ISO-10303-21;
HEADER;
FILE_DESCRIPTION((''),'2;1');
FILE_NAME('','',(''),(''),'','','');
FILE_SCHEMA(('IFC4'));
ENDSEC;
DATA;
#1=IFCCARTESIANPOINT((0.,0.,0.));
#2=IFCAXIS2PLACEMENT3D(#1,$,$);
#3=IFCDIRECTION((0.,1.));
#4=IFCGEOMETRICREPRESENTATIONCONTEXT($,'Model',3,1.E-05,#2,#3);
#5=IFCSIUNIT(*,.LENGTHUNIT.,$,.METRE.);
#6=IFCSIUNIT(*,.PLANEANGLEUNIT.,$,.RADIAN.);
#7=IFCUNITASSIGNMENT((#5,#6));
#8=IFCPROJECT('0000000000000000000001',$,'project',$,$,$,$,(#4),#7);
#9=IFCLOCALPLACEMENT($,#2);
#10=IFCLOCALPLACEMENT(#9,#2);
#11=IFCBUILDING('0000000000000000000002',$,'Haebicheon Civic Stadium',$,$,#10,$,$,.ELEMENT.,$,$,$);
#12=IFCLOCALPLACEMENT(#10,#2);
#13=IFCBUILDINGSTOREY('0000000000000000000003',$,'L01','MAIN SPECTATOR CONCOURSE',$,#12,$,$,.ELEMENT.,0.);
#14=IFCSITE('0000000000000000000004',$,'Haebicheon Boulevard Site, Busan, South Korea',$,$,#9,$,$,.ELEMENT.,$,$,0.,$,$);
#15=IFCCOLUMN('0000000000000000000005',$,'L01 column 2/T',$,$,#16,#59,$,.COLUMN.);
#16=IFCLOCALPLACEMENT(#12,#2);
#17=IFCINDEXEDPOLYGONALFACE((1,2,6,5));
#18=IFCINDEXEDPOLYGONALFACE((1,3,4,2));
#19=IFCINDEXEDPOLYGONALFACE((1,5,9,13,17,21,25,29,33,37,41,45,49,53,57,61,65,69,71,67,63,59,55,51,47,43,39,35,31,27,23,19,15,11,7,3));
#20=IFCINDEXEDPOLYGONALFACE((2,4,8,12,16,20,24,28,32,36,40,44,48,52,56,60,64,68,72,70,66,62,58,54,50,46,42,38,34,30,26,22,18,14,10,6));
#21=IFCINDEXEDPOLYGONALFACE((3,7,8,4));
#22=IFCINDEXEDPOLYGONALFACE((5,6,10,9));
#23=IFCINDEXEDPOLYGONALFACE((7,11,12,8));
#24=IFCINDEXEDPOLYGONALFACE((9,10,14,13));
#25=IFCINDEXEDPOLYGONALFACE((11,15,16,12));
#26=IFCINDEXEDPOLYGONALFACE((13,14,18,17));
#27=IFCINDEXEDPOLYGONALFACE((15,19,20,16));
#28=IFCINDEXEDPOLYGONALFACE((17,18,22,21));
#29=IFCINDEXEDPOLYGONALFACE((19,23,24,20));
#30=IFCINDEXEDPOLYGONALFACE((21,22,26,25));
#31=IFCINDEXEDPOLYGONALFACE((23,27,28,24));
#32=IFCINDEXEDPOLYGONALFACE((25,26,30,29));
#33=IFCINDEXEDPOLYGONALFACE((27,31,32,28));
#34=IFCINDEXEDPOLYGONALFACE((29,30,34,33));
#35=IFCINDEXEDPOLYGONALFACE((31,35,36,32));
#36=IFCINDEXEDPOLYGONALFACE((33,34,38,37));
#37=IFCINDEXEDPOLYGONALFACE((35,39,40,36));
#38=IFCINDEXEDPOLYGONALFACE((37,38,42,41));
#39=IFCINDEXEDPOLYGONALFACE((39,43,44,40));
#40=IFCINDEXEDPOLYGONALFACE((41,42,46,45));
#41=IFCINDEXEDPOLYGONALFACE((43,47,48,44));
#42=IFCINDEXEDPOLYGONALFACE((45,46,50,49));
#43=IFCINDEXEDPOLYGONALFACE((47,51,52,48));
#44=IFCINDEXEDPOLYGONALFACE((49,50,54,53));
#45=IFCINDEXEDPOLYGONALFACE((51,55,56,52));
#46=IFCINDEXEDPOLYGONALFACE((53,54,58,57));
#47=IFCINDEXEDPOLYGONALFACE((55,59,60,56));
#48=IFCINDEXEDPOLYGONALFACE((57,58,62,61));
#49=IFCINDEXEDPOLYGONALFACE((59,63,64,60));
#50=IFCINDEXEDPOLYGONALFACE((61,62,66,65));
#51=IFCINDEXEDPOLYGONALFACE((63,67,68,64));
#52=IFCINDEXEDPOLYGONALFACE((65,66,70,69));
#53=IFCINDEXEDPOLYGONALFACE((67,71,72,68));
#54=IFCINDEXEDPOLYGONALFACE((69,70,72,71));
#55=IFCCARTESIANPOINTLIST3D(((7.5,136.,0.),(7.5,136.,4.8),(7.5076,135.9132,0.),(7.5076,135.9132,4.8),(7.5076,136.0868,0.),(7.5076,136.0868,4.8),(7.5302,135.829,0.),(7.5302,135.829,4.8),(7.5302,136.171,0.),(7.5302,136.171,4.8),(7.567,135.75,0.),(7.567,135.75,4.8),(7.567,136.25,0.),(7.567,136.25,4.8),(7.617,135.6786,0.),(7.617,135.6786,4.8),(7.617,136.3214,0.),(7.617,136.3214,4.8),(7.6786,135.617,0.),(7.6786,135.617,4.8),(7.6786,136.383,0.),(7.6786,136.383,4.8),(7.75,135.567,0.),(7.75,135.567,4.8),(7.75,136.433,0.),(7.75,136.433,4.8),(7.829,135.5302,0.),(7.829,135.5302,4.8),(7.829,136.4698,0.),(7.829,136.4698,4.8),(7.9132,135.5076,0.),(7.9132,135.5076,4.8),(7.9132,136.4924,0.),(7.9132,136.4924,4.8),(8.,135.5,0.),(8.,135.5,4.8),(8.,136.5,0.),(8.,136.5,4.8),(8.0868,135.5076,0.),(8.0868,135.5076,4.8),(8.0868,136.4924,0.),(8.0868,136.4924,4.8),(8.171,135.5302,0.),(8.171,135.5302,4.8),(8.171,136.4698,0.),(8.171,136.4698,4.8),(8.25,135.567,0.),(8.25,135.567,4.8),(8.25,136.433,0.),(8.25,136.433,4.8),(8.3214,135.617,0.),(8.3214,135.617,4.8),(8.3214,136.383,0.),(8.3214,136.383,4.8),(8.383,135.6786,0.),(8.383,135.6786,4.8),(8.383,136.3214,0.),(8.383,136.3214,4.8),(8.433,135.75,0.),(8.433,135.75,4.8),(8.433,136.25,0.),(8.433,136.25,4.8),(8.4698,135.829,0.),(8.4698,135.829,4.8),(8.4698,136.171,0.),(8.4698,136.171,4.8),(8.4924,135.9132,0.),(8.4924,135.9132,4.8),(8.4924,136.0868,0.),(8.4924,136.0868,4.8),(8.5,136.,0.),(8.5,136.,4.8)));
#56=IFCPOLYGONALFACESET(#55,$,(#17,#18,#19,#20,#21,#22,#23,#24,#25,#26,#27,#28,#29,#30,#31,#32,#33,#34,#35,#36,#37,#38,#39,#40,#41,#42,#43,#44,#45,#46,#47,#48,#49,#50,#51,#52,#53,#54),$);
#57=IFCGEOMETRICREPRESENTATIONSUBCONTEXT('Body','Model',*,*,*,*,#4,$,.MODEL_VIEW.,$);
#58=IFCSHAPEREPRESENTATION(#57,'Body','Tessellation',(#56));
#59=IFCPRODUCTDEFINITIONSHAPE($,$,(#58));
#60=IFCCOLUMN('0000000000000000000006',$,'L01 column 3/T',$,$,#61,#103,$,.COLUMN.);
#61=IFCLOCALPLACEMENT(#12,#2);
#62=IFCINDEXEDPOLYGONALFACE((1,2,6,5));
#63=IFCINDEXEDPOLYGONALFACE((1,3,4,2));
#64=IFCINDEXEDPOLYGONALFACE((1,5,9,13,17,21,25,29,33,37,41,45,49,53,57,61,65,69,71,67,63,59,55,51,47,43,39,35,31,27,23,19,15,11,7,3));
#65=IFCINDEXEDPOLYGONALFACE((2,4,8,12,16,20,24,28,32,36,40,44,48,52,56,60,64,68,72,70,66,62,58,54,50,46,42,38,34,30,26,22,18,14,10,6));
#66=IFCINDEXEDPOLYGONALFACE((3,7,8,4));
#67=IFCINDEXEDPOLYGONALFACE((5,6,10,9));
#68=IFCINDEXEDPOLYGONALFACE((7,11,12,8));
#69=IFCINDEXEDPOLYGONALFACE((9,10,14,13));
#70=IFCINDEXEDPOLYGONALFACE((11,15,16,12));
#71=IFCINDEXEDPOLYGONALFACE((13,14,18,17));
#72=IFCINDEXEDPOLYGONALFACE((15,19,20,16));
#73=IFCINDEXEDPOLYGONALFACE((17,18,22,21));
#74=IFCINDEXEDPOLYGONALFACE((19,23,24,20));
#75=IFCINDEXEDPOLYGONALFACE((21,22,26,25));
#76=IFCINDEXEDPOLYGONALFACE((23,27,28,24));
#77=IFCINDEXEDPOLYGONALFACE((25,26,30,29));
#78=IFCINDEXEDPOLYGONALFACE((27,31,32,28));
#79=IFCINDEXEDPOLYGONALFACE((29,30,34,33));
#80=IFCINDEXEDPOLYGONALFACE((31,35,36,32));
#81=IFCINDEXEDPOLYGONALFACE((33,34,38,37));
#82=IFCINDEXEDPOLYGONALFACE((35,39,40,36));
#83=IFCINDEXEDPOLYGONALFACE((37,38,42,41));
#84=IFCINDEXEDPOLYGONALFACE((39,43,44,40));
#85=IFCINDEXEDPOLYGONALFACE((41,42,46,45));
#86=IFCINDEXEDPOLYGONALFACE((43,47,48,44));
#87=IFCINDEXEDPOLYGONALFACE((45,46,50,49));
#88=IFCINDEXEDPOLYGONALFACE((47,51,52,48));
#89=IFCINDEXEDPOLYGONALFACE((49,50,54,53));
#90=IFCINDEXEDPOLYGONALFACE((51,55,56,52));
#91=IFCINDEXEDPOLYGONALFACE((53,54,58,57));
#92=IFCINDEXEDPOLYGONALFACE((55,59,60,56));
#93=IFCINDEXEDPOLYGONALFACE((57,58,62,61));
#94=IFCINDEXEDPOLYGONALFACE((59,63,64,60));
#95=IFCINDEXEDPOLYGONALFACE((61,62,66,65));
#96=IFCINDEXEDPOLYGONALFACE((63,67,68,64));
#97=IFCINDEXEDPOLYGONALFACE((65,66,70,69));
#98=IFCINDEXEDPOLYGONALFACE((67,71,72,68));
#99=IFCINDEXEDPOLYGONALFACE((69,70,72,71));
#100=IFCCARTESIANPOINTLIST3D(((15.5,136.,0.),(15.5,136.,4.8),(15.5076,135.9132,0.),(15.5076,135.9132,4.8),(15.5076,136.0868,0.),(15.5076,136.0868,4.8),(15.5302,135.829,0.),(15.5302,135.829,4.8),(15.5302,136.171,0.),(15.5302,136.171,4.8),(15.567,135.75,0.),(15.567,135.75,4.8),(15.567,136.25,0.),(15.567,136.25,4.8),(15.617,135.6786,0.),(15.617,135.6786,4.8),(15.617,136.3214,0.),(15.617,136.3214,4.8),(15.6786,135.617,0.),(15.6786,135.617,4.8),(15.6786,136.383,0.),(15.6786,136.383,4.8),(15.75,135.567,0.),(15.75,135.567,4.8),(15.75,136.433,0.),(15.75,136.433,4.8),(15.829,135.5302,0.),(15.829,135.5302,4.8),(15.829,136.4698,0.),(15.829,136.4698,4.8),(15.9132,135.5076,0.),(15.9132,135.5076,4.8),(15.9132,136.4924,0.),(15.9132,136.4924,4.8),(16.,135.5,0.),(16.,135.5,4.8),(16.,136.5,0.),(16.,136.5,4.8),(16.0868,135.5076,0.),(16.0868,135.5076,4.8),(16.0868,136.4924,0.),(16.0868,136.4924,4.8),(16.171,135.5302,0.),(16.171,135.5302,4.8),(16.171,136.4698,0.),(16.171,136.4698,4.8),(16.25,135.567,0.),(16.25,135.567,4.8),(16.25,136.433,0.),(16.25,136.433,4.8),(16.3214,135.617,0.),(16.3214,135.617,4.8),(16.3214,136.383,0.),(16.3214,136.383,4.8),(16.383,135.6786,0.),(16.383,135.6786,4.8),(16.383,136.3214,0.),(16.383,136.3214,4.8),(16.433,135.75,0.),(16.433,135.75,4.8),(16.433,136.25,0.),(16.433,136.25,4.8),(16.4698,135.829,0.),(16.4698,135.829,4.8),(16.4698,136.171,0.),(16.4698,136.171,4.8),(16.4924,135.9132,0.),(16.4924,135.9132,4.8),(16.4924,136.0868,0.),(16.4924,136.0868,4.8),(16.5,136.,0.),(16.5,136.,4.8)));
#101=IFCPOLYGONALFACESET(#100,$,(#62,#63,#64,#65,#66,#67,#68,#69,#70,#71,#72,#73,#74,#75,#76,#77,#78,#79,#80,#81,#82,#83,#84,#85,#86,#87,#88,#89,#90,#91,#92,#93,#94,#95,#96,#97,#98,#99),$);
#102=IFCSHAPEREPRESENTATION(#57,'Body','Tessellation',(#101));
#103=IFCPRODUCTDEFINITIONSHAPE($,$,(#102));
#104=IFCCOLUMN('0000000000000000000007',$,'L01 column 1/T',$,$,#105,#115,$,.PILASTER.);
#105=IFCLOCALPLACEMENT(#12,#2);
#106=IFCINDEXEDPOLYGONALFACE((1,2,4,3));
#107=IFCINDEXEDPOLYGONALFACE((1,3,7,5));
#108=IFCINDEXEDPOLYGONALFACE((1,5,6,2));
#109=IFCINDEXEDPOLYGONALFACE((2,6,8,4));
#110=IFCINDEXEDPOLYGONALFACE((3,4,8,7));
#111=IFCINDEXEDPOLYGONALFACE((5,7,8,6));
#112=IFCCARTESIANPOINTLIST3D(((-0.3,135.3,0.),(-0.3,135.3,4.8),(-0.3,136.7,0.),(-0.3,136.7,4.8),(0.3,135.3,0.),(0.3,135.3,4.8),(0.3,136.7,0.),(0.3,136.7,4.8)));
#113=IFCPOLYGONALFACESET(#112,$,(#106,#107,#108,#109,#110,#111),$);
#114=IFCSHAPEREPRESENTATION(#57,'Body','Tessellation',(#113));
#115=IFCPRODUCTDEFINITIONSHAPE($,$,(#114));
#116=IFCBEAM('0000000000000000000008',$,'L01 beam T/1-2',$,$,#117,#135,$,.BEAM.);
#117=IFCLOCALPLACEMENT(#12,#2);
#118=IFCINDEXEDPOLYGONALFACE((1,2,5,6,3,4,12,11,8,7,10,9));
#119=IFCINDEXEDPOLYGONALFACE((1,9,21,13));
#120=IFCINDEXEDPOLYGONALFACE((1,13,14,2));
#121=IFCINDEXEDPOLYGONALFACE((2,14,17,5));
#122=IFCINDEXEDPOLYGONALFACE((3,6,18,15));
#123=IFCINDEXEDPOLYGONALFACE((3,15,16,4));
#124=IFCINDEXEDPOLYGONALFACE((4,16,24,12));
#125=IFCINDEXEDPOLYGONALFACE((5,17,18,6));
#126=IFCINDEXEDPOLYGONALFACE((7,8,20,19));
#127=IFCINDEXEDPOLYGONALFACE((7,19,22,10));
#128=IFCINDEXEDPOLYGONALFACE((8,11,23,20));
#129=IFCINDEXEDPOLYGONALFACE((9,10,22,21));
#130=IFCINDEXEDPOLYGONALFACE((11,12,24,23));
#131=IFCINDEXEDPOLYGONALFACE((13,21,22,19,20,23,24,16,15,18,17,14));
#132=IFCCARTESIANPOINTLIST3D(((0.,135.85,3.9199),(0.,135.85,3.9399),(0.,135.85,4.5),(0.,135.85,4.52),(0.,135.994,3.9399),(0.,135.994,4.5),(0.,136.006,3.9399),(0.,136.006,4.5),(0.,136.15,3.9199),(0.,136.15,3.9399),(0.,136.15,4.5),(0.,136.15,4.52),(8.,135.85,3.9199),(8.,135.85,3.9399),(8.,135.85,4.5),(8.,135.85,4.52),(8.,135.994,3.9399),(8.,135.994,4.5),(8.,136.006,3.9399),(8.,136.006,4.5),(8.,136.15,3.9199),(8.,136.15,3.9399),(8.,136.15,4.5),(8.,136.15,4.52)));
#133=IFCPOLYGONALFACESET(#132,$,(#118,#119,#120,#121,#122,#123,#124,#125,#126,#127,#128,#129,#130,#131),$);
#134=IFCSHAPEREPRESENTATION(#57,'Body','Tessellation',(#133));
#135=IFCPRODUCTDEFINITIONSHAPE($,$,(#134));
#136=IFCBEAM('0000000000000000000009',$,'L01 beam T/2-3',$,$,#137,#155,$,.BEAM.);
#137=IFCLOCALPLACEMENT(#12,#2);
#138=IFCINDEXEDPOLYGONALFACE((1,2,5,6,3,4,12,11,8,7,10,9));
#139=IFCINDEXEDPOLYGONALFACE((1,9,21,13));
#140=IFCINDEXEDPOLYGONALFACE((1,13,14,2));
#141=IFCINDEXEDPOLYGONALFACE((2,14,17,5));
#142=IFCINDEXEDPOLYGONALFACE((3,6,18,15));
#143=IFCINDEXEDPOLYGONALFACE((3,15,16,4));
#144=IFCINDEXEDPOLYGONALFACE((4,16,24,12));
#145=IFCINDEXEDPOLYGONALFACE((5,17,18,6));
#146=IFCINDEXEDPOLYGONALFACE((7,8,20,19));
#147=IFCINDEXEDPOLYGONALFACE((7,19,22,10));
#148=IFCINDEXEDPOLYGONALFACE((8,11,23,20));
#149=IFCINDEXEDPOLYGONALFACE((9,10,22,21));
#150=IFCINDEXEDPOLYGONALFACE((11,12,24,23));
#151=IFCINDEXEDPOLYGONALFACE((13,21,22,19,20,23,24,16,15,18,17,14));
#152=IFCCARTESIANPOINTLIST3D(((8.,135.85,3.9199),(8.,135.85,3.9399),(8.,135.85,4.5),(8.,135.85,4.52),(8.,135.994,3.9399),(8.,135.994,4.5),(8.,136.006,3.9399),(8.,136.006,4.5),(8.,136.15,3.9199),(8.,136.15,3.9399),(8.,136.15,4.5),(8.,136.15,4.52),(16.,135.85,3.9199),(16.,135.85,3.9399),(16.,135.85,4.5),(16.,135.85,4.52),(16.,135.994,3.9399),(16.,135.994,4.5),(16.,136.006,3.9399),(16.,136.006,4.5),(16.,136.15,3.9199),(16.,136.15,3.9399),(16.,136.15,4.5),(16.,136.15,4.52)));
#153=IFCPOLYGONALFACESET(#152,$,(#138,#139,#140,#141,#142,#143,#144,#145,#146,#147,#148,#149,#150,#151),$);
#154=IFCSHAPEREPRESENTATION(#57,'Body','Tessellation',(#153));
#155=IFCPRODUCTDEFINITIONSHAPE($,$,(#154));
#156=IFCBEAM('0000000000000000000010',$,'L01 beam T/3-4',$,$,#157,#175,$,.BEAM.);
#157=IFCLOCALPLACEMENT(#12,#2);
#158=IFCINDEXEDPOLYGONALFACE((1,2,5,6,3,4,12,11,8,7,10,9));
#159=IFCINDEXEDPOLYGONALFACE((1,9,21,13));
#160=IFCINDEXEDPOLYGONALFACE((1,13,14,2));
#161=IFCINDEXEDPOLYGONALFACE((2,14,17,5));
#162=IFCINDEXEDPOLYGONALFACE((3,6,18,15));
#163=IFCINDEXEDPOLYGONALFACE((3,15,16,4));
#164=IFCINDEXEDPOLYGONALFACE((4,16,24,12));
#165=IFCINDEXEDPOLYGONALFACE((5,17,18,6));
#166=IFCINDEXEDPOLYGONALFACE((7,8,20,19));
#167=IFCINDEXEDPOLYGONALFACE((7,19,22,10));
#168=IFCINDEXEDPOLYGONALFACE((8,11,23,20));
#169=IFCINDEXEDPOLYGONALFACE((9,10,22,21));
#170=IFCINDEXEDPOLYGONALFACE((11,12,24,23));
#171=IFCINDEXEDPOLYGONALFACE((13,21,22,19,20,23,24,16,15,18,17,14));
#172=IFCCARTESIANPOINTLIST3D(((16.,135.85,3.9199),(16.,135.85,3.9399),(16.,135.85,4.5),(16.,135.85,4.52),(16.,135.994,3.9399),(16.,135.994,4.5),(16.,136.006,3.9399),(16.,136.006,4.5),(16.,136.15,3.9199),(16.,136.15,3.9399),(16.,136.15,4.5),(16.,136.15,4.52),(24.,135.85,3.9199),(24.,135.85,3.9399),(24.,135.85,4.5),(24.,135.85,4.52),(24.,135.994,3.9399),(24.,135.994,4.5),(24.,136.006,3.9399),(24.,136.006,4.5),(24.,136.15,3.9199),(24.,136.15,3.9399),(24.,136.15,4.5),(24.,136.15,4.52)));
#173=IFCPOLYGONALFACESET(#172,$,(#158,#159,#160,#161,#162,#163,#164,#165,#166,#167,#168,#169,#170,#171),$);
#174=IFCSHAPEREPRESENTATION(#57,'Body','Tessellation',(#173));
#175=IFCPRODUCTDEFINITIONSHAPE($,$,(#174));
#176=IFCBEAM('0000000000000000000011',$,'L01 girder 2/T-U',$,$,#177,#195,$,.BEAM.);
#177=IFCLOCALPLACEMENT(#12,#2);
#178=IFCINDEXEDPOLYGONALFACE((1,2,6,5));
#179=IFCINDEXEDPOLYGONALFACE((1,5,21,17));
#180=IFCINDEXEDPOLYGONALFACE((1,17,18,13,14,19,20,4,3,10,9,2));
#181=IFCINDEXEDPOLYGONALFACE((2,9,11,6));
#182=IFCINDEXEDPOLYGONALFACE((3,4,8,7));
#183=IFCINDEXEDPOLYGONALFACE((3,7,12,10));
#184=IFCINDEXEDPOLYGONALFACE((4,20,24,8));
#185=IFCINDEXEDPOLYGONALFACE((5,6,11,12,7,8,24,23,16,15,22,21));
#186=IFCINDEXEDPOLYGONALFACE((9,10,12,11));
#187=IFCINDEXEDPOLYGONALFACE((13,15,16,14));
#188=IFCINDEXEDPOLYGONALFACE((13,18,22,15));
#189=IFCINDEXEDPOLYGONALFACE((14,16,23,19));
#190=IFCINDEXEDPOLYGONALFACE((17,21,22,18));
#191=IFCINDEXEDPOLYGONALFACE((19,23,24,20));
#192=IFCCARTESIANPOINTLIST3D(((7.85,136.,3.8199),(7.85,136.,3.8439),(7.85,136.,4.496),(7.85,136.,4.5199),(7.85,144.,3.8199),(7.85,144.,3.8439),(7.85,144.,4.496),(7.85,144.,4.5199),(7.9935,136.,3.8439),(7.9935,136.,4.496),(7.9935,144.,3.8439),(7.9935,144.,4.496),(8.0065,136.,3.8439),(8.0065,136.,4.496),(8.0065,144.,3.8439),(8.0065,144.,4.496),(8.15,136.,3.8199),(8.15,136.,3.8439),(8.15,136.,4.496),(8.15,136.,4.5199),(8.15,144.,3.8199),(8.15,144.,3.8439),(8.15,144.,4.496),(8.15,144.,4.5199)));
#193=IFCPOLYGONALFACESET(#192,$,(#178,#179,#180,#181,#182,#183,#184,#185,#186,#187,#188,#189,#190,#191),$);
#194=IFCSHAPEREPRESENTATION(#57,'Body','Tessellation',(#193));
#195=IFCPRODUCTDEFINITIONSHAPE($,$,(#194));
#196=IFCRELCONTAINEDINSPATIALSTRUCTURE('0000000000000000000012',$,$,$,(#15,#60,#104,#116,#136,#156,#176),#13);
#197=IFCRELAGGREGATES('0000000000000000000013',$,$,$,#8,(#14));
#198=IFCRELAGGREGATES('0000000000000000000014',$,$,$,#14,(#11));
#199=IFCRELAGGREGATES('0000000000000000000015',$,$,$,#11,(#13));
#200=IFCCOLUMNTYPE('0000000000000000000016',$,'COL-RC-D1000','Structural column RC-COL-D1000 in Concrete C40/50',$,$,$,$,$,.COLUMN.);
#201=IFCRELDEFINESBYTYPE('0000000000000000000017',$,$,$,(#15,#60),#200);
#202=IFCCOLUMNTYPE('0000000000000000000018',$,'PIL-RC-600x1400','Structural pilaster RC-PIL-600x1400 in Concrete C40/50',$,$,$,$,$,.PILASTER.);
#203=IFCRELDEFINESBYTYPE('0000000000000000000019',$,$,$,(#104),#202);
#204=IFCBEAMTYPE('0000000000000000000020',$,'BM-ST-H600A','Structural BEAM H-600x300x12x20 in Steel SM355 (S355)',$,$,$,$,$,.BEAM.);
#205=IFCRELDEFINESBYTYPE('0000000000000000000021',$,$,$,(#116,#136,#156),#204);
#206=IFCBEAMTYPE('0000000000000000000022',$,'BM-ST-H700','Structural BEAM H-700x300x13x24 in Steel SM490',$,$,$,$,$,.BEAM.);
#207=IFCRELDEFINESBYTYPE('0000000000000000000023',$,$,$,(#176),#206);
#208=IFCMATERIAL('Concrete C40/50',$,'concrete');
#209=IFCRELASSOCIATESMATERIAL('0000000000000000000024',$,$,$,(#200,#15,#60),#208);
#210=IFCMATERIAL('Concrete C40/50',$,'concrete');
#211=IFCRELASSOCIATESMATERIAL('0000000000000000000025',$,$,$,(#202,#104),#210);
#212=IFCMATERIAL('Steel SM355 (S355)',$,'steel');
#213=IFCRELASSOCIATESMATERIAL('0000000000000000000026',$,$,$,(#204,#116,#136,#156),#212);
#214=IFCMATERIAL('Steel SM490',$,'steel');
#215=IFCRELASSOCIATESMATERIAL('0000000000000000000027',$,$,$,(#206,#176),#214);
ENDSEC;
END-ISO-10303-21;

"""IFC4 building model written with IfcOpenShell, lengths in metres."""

from ifc_helpers import new_model, si_unit, direction, frame, origin, origin_2d, place, context, subcontext, project, spatial, rectangle, circle, i_section, extrude, material, material_profile, profile_set, type_object, element, save


model = new_model("IFC4")

# Units and contexts
model_context = context("Model", 3, precision=1e-05, world=origin(), true_north=direction((0.0, 1.0)))
body_context = subcontext(model_context, "Body", "Model", "MODEL_VIEW")
ifc_project = project(units=[si_unit("LENGTHUNIT", "METRE"), si_unit("PLANEANGLEUNIT", "RADIAN")], contexts=[model_context])

# Site, building, storey
site_placement = place(None, origin())
site = spatial("IfcSite", under=ifc_project, at=site_placement, Name="Haebicheon Boulevard Site, Busan, South Korea", CompositionType="ELEMENT", RefElevation=0.0)
building_placement = place(site_placement, origin())
building = spatial("IfcBuilding", under=site, at=building_placement, Name="Haebicheon Civic Stadium", CompositionType="ELEMENT")
storey_placement = place(building_placement, origin())
storey = spatial("IfcBuildingStorey", under=building, at=storey_placement, Name="L01", Description="MAIN SPECTATOR CONCOURSE", CompositionType="ELEMENT", Elevation=0.0)

# Columns
ifc_material_1 = material(Name="Concrete C40/50", Category="concrete")
ifc_material_profile_1 = material_profile(ifc_material_1, circle(Radius=0.5, at=origin_2d()), Name="RC-COL-D1000")
ifc_profile_set_1 = profile_set([ifc_material_profile_1], Name="Concrete C40/50")
column_type_1 = type_object("IfcColumnType", Name="COL-RC-D1000", Description="Structural column RC-COL-D1000 in Concrete C40/50", PredefinedType="COLUMN", material=ifc_profile_set_1)
for number, where, z_axis, x_axis, name in (
    (1, (8.0, 136.0, 0.0), (0.0, 0.0, 1.0), (1.0, 0.0, 0.0), "L01 column 2/T"),
    (2, (16.0, 136.0, 0.0), (0.0, 0.0, 1.0), (1.0, 0.0, 0.0), "L01 column 3/T"),
):
    element("IfcColumn", number, at=place(storey_placement, frame(where, z_axis=z_axis, x_axis=x_axis)), inside=storey, type_object=column_type_1, material=ifc_profile_set_1, Name=name, PredefinedType="COLUMN", context=body_context, shape_type="SweptSolid", body=[
        extrude(circle(Radius=0.5, at=origin_2d()), origin(), (0.0, 0.0, 1.0), 4.8),
    ])
ifc_material_2 = material(Name="Concrete C40/50", Category="concrete")
ifc_material_profile_2 = material_profile(ifc_material_2, rectangle(XDim=0.6001, YDim=1.3999, at=origin_2d()), Name="RC-PIL-600x1400")
ifc_profile_set_2 = profile_set([ifc_material_profile_2], Name="Concrete C40/50")
column_type_2 = type_object("IfcColumnType", Name="PIL-RC-600x1400", Description="Structural pilaster RC-PIL-600x1400 in Concrete C40/50", PredefinedType="PILASTER", material=ifc_profile_set_2)
column_placement = place(storey_placement, frame((0.0, 136.0, 0.0), z_axis=(0.0, 0.0, 1.0), x_axis=(1.0, 0.0, 0.0)))
element("IfcColumn", 3, at=column_placement, inside=storey, type_object=column_type_2, material=ifc_profile_set_2, Name="L01 column 1/T", PredefinedType="PILASTER", context=body_context, shape_type="SweptSolid", body=[
    extrude(rectangle(XDim=0.6001, YDim=1.3999, at=origin_2d()), origin(), (0.0, 0.0, 1.0), 4.8),
])

# Beams
ifc_material_3 = material(Name="Steel SM355 (S355)", Category="steel")
ifc_material_profile_3 = material_profile(ifc_material_3, i_section(OverallWidth=0.3, OverallDepth=0.6001, WebThickness=0.012, FlangeThickness=0.02, at=origin_2d()), Name="H-600x300x12x20")
ifc_profile_set_3 = profile_set([ifc_material_profile_3], Name="Steel SM355 (S355)")
beam_type_1 = type_object("IfcBeamType", Name="BM-ST-H600A", Description="Structural BEAM H-600x300x12x20 in Steel SM355 (S355)", PredefinedType="BEAM", material=ifc_profile_set_3)
for number, where, z_axis, x_axis, name in (
    (4, (0.0, 136.0, 4.22), (1.0, 0.0, 0.0), (0.0, 1.0, 0.0), "L01 beam T/1-2"),
    (5, (8.0, 136.0, 4.22), (1.0, 0.0, 0.0), (0.0, 1.0, 0.0), "L01 beam T/2-3"),
    (6, (16.0, 136.0, 4.22), (1.0, 0.0, 0.0), (0.0, 1.0, 0.0), "L01 beam T/3-4"),
):
    element("IfcBeam", number, at=place(storey_placement, frame(where, z_axis=z_axis, x_axis=x_axis)), inside=storey, type_object=beam_type_1, material=ifc_profile_set_3, Name=name, PredefinedType="BEAM", context=body_context, shape_type="SweptSolid", body=[
        extrude(i_section(OverallWidth=0.3, OverallDepth=0.6001, WebThickness=0.012, FlangeThickness=0.02, at=origin_2d()), origin(), (0.0, 0.0, 1.0), 8.0),
    ])
ifc_material_4 = material(Name="Steel SM490", Category="steel")
ifc_material_profile_4 = material_profile(ifc_material_4, i_section(OverallWidth=0.3, OverallDepth=0.7, WebThickness=0.0129, FlangeThickness=0.0239, at=origin_2d()), Name="H-700x300x13x24")
ifc_profile_set_4 = profile_set([ifc_material_profile_4], Name="Steel SM490")
beam_type_2 = type_object("IfcBeamType", Name="BM-ST-H700", Description="Structural BEAM H-700x300x13x24 in Steel SM490", PredefinedType="BEAM", material=ifc_profile_set_4)
for number, where, z_axis, x_axis, name in (
    (7, (8.0, 136.0, 4.1699), (0.0, 1.0, 0.0), (-1.0, 0.0, 0.0), "L01 girder 2/T-U"),
):
    element("IfcBeam", number, at=place(storey_placement, frame(where, z_axis=z_axis, x_axis=x_axis)), inside=storey, type_object=beam_type_2, material=ifc_profile_set_4, Name=name, PredefinedType="BEAM", context=body_context, shape_type="SweptSolid", body=[
        extrude(i_section(OverallWidth=0.3, OverallDepth=0.7, WebThickness=0.0129, FlangeThickness=0.0239, at=origin_2d()), origin(), (0.0, 0.0, 1.0), 8.0),
    ])

save(model, "model.ifc")
